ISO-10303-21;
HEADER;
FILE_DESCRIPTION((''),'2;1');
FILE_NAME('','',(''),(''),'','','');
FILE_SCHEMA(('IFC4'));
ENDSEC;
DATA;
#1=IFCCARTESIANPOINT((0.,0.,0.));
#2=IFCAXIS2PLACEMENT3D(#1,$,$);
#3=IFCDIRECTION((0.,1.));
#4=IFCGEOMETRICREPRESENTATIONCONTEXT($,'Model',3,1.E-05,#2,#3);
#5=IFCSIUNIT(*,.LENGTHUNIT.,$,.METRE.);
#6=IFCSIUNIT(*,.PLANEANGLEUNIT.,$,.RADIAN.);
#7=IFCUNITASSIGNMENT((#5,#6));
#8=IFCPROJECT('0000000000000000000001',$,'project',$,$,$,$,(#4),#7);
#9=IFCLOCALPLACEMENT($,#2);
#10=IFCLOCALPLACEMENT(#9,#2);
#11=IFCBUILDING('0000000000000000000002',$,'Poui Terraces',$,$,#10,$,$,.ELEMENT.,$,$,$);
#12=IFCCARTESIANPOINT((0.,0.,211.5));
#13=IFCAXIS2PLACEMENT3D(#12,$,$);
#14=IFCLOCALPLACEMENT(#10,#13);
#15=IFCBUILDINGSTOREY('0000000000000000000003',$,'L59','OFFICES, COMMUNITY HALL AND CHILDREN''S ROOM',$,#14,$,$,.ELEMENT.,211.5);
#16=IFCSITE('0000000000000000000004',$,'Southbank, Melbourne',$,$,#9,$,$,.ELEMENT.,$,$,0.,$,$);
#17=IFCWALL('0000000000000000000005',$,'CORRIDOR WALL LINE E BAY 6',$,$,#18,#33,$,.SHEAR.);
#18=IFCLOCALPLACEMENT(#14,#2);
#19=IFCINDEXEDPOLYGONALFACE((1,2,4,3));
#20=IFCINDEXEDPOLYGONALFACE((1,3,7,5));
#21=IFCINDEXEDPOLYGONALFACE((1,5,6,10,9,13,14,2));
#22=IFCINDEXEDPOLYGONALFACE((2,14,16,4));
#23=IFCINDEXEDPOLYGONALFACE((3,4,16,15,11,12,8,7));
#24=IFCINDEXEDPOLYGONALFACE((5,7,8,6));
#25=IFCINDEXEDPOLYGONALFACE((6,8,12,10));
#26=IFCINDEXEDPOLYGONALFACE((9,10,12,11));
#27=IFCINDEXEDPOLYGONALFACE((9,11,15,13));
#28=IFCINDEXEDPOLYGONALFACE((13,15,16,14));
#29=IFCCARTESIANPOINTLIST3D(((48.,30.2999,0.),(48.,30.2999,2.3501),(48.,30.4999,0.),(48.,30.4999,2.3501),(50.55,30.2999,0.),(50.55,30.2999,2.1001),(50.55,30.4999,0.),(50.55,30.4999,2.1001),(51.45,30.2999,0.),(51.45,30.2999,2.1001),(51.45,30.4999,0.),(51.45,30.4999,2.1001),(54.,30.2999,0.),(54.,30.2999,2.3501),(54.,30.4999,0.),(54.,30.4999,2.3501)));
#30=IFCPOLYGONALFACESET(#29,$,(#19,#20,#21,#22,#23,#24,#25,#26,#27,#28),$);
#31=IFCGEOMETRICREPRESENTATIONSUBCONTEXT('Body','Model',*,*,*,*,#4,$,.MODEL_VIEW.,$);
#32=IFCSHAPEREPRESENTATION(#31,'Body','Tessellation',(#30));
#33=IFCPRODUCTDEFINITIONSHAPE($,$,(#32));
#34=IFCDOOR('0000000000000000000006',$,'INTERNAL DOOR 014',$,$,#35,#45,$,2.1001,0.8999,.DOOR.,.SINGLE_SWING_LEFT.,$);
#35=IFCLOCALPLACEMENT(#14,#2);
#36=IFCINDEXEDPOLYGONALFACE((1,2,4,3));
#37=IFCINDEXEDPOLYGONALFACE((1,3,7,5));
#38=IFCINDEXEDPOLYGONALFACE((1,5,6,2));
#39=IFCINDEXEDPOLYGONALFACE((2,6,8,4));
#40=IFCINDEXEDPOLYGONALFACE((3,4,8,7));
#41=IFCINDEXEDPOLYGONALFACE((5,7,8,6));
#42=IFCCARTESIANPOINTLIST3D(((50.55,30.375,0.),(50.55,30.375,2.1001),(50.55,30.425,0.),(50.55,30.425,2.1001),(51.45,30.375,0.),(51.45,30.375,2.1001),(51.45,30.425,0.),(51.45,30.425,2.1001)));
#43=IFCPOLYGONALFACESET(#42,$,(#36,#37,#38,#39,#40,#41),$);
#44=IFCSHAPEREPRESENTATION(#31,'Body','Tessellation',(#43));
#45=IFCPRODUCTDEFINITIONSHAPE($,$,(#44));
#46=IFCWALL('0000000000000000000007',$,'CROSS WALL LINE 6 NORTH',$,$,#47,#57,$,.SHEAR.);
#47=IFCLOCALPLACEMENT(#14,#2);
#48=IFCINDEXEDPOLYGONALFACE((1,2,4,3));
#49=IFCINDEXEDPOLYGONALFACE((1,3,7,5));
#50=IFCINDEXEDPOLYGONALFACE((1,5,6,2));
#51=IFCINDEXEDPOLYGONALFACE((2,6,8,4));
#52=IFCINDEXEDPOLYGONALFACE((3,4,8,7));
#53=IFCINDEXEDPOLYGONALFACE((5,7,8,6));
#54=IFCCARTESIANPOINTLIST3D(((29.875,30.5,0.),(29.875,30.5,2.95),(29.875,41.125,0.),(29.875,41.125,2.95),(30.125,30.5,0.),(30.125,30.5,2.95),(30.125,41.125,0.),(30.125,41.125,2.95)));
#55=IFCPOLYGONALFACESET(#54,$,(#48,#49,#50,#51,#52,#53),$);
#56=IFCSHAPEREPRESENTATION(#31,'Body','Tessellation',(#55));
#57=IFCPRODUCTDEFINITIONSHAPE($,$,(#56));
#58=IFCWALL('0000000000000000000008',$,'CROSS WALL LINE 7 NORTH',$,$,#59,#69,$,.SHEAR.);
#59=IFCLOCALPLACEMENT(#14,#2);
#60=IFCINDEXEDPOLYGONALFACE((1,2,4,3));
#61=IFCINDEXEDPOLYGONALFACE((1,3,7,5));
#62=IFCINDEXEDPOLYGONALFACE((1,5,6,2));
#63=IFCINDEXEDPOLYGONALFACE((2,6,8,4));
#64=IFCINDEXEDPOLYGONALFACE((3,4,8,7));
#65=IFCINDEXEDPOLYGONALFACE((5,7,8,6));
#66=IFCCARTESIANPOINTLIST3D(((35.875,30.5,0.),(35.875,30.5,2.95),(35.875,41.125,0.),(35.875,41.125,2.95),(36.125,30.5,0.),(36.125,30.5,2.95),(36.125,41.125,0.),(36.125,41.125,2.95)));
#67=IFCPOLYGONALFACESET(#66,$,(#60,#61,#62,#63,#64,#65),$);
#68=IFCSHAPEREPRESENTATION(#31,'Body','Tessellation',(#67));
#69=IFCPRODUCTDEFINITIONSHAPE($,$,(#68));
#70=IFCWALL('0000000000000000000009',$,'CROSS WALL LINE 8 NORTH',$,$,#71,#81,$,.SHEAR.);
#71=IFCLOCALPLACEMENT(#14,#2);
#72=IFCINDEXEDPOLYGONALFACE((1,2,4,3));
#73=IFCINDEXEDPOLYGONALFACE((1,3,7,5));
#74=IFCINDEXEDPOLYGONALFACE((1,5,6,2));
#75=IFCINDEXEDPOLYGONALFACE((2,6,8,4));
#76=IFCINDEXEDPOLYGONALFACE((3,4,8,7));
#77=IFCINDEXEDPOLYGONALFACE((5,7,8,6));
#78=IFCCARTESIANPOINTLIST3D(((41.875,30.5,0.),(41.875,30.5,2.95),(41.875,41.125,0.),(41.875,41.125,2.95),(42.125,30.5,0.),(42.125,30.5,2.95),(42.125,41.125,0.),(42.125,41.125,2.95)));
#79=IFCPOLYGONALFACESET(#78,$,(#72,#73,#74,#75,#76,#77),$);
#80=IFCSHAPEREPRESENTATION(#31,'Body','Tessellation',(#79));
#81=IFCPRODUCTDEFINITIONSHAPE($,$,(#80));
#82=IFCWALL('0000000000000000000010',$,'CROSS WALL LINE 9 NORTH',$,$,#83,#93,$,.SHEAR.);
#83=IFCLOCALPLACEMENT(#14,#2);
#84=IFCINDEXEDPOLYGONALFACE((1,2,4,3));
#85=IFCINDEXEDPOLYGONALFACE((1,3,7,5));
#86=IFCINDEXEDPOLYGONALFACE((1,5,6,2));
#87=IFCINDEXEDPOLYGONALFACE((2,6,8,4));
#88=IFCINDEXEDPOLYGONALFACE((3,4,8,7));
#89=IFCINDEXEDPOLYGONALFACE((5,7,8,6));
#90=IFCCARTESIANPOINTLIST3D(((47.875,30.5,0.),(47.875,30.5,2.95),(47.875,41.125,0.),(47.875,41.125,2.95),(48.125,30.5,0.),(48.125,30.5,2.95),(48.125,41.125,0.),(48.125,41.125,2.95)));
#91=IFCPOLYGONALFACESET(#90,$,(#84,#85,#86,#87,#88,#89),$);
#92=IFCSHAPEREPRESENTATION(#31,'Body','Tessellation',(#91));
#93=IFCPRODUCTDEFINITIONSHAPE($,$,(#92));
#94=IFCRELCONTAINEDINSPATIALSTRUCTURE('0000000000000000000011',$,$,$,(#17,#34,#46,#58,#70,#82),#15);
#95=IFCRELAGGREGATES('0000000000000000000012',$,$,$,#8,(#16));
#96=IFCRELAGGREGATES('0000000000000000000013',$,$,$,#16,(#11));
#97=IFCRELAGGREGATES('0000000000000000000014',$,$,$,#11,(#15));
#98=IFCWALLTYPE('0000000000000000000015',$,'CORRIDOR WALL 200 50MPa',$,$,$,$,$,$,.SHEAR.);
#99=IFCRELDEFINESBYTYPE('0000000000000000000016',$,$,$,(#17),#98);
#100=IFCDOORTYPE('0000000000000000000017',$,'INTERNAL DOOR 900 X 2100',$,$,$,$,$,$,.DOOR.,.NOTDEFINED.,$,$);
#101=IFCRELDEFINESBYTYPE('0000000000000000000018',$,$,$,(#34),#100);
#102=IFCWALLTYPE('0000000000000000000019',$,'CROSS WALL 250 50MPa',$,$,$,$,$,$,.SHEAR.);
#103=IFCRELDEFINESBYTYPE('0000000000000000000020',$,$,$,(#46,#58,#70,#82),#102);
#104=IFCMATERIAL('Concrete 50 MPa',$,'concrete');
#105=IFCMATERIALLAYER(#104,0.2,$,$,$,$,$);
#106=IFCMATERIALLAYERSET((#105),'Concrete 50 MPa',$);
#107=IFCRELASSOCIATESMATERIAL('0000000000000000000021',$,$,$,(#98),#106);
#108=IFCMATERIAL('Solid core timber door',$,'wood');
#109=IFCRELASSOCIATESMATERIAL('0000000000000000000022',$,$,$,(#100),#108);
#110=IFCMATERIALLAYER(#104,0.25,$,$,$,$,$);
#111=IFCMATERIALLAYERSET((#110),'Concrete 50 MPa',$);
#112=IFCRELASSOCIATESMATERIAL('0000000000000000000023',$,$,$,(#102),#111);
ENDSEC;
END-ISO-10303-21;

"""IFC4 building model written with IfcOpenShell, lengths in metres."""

from ifc_helpers import new_model, si_unit, direction, frame, frame_2d, origin, place, context, subcontext, project, spatial, rectangle, extrude, material, layer, layer_set, type_object, element, fill, save


model = new_model("IFC4")

# Units and contexts
model_context = context("Model", 3, precision=1e-05, world=origin(), true_north=direction((0.0, 1.0)))
body_context = subcontext(model_context, "Body", "Model", "MODEL_VIEW")
ifc_project = project(units=[si_unit("LENGTHUNIT", "METRE"), si_unit("PLANEANGLEUNIT", "RADIAN")], contexts=[model_context])

# Site, building, storey
site_placement = place(None, origin())
site = spatial("IfcSite", under=ifc_project, at=site_placement, Name="Southbank, Melbourne", CompositionType="ELEMENT", RefElevation=0.0)
building_placement = place(site_placement, origin())
building = spatial("IfcBuilding", under=site, at=building_placement, Name="Poui Terraces", CompositionType="ELEMENT")
storey_placement = place(building_placement, frame((0.0, 0.0, 211.5)))
storey = spatial("IfcBuildingStorey", under=building, at=storey_placement, Name="L59", Description="OFFICES, COMMUNITY HALL AND CHILDREN'S ROOM", CompositionType="ELEMENT", Elevation=211.5)

# Shared definitions
ifc_material_1 = material(Name="Concrete 50 MPa", Category="concrete")

# Wall, opening, door
ifc_layer_1 = layer(ifc_material_1, 0.2)
ifc_layer_set_1 = layer_set([ifc_layer_1], Name="Concrete 50 MPa")
wall_type_1 = type_object("IfcWallType", Name="CORRIDOR WALL 200 50MPa", PredefinedType="SHEAR", material=ifc_layer_set_1)
wall_1_placement = place(storey_placement, frame((48.0, 30.3999, 0.0), z_axis=(0.0, 0.0, 1.0), x_axis=(1.0, 0.0, 0.0)))
wall_1 = element("IfcWall", 1, at=wall_1_placement, inside=storey, type_object=wall_type_1, Name="CORRIDOR WALL LINE E BAY 6", PredefinedType="SHEAR", context=body_context, shape_type="SweptSolid", body=[
    extrude(rectangle(XDim=6.0, YDim=0.2, at=frame_2d((3.0, 0.0))), origin(), (0.0, 0.0, 1.0), 2.3501),
])
opening_1_placement = place(wall_1_placement, frame((2.55, 0.0, 0.0)))
opening_1 = element("IfcOpeningElement", 2, at=opening_1_placement, cuts=wall_1, PredefinedType="OPENING", context=body_context, shape_type="SweptSolid", body=[
    extrude(rectangle(XDim=0.8999, YDim=2.1001, at=frame_2d((0.45, 1.05))), frame((0.0, 0.1099, 0.0), z_axis=(0.0, -1.0, 0.0), x_axis=(1.0, 0.0, 0.0)), (0.0, 0.0, 1.0), 0.22),
])
ifc_material_2 = material(Name="Solid core timber door", Category="wood")
door_type_1 = type_object("IfcDoorType", Name="INTERNAL DOOR 900 X 2100", OperationType="NOTDEFINED", PredefinedType="DOOR", material=ifc_material_2)
door_1_placement = place(opening_1_placement, frame((0.8999, 0.0, 0.0), z_axis=(0.0, 0.0, 1.0), x_axis=(-1.0, 0.0, 0.0)))
door_1 = element("IfcDoor", 3, at=door_1_placement, inside=storey, type_object=door_type_1, Name="INTERNAL DOOR 014", OperationType="SINGLE_SWING_LEFT", OverallHeight=2.1001, OverallWidth=0.8999, PredefinedType="DOOR", context=body_context, shape_type="SweptSolid", body=[
    extrude(rectangle(XDim=0.8999, YDim=2.1001, at=frame_2d((0.45, 1.05))), frame((0.0, 0.0249, 0.0), z_axis=(0.0, -1.0, 0.0), x_axis=(1.0, 0.0, 0.0)), (0.0, 0.0, 1.0), 0.05),
])
fill(opening_1, door_1)

# Walls
ifc_layer_2 = layer(ifc_material_1, 0.25)
ifc_layer_set_2 = layer_set([ifc_layer_2], Name="Concrete 50 MPa")
wall_type_2 = type_object("IfcWallType", Name="CROSS WALL 250 50MPa", PredefinedType="SHEAR", material=ifc_layer_set_2)
for number, where, z_axis, x_axis, name in (
    (4, (30.0, 30.5, 0.0), (0.0, 0.0, 1.0), (0.0, 1.0, 0.0), "CROSS WALL LINE 6 NORTH"),
    (5, (36.0, 30.5, 0.0), (0.0, 0.0, 1.0), (0.0, 1.0, 0.0), "CROSS WALL LINE 7 NORTH"),
    (6, (42.0, 30.5, 0.0), (0.0, 0.0, 1.0), (0.0, 1.0, 0.0), "CROSS WALL LINE 8 NORTH"),
    (7, (48.0, 30.5, 0.0), (0.0, 0.0, 1.0), (0.0, 1.0, 0.0), "CROSS WALL LINE 9 NORTH"),
):
    element("IfcWall", number, at=place(storey_placement, frame(where, z_axis=z_axis, x_axis=x_axis)), inside=storey, type_object=wall_type_2, Name=name, PredefinedType="SHEAR", context=body_context, shape_type="SweptSolid", body=[
        extrude(rectangle(XDim=10.625, YDim=0.25, at=frame_2d((5.3125, 0.0))), origin(), (0.0, 0.0, 1.0), 2.95),
    ])

save(model, "model.ifc")
